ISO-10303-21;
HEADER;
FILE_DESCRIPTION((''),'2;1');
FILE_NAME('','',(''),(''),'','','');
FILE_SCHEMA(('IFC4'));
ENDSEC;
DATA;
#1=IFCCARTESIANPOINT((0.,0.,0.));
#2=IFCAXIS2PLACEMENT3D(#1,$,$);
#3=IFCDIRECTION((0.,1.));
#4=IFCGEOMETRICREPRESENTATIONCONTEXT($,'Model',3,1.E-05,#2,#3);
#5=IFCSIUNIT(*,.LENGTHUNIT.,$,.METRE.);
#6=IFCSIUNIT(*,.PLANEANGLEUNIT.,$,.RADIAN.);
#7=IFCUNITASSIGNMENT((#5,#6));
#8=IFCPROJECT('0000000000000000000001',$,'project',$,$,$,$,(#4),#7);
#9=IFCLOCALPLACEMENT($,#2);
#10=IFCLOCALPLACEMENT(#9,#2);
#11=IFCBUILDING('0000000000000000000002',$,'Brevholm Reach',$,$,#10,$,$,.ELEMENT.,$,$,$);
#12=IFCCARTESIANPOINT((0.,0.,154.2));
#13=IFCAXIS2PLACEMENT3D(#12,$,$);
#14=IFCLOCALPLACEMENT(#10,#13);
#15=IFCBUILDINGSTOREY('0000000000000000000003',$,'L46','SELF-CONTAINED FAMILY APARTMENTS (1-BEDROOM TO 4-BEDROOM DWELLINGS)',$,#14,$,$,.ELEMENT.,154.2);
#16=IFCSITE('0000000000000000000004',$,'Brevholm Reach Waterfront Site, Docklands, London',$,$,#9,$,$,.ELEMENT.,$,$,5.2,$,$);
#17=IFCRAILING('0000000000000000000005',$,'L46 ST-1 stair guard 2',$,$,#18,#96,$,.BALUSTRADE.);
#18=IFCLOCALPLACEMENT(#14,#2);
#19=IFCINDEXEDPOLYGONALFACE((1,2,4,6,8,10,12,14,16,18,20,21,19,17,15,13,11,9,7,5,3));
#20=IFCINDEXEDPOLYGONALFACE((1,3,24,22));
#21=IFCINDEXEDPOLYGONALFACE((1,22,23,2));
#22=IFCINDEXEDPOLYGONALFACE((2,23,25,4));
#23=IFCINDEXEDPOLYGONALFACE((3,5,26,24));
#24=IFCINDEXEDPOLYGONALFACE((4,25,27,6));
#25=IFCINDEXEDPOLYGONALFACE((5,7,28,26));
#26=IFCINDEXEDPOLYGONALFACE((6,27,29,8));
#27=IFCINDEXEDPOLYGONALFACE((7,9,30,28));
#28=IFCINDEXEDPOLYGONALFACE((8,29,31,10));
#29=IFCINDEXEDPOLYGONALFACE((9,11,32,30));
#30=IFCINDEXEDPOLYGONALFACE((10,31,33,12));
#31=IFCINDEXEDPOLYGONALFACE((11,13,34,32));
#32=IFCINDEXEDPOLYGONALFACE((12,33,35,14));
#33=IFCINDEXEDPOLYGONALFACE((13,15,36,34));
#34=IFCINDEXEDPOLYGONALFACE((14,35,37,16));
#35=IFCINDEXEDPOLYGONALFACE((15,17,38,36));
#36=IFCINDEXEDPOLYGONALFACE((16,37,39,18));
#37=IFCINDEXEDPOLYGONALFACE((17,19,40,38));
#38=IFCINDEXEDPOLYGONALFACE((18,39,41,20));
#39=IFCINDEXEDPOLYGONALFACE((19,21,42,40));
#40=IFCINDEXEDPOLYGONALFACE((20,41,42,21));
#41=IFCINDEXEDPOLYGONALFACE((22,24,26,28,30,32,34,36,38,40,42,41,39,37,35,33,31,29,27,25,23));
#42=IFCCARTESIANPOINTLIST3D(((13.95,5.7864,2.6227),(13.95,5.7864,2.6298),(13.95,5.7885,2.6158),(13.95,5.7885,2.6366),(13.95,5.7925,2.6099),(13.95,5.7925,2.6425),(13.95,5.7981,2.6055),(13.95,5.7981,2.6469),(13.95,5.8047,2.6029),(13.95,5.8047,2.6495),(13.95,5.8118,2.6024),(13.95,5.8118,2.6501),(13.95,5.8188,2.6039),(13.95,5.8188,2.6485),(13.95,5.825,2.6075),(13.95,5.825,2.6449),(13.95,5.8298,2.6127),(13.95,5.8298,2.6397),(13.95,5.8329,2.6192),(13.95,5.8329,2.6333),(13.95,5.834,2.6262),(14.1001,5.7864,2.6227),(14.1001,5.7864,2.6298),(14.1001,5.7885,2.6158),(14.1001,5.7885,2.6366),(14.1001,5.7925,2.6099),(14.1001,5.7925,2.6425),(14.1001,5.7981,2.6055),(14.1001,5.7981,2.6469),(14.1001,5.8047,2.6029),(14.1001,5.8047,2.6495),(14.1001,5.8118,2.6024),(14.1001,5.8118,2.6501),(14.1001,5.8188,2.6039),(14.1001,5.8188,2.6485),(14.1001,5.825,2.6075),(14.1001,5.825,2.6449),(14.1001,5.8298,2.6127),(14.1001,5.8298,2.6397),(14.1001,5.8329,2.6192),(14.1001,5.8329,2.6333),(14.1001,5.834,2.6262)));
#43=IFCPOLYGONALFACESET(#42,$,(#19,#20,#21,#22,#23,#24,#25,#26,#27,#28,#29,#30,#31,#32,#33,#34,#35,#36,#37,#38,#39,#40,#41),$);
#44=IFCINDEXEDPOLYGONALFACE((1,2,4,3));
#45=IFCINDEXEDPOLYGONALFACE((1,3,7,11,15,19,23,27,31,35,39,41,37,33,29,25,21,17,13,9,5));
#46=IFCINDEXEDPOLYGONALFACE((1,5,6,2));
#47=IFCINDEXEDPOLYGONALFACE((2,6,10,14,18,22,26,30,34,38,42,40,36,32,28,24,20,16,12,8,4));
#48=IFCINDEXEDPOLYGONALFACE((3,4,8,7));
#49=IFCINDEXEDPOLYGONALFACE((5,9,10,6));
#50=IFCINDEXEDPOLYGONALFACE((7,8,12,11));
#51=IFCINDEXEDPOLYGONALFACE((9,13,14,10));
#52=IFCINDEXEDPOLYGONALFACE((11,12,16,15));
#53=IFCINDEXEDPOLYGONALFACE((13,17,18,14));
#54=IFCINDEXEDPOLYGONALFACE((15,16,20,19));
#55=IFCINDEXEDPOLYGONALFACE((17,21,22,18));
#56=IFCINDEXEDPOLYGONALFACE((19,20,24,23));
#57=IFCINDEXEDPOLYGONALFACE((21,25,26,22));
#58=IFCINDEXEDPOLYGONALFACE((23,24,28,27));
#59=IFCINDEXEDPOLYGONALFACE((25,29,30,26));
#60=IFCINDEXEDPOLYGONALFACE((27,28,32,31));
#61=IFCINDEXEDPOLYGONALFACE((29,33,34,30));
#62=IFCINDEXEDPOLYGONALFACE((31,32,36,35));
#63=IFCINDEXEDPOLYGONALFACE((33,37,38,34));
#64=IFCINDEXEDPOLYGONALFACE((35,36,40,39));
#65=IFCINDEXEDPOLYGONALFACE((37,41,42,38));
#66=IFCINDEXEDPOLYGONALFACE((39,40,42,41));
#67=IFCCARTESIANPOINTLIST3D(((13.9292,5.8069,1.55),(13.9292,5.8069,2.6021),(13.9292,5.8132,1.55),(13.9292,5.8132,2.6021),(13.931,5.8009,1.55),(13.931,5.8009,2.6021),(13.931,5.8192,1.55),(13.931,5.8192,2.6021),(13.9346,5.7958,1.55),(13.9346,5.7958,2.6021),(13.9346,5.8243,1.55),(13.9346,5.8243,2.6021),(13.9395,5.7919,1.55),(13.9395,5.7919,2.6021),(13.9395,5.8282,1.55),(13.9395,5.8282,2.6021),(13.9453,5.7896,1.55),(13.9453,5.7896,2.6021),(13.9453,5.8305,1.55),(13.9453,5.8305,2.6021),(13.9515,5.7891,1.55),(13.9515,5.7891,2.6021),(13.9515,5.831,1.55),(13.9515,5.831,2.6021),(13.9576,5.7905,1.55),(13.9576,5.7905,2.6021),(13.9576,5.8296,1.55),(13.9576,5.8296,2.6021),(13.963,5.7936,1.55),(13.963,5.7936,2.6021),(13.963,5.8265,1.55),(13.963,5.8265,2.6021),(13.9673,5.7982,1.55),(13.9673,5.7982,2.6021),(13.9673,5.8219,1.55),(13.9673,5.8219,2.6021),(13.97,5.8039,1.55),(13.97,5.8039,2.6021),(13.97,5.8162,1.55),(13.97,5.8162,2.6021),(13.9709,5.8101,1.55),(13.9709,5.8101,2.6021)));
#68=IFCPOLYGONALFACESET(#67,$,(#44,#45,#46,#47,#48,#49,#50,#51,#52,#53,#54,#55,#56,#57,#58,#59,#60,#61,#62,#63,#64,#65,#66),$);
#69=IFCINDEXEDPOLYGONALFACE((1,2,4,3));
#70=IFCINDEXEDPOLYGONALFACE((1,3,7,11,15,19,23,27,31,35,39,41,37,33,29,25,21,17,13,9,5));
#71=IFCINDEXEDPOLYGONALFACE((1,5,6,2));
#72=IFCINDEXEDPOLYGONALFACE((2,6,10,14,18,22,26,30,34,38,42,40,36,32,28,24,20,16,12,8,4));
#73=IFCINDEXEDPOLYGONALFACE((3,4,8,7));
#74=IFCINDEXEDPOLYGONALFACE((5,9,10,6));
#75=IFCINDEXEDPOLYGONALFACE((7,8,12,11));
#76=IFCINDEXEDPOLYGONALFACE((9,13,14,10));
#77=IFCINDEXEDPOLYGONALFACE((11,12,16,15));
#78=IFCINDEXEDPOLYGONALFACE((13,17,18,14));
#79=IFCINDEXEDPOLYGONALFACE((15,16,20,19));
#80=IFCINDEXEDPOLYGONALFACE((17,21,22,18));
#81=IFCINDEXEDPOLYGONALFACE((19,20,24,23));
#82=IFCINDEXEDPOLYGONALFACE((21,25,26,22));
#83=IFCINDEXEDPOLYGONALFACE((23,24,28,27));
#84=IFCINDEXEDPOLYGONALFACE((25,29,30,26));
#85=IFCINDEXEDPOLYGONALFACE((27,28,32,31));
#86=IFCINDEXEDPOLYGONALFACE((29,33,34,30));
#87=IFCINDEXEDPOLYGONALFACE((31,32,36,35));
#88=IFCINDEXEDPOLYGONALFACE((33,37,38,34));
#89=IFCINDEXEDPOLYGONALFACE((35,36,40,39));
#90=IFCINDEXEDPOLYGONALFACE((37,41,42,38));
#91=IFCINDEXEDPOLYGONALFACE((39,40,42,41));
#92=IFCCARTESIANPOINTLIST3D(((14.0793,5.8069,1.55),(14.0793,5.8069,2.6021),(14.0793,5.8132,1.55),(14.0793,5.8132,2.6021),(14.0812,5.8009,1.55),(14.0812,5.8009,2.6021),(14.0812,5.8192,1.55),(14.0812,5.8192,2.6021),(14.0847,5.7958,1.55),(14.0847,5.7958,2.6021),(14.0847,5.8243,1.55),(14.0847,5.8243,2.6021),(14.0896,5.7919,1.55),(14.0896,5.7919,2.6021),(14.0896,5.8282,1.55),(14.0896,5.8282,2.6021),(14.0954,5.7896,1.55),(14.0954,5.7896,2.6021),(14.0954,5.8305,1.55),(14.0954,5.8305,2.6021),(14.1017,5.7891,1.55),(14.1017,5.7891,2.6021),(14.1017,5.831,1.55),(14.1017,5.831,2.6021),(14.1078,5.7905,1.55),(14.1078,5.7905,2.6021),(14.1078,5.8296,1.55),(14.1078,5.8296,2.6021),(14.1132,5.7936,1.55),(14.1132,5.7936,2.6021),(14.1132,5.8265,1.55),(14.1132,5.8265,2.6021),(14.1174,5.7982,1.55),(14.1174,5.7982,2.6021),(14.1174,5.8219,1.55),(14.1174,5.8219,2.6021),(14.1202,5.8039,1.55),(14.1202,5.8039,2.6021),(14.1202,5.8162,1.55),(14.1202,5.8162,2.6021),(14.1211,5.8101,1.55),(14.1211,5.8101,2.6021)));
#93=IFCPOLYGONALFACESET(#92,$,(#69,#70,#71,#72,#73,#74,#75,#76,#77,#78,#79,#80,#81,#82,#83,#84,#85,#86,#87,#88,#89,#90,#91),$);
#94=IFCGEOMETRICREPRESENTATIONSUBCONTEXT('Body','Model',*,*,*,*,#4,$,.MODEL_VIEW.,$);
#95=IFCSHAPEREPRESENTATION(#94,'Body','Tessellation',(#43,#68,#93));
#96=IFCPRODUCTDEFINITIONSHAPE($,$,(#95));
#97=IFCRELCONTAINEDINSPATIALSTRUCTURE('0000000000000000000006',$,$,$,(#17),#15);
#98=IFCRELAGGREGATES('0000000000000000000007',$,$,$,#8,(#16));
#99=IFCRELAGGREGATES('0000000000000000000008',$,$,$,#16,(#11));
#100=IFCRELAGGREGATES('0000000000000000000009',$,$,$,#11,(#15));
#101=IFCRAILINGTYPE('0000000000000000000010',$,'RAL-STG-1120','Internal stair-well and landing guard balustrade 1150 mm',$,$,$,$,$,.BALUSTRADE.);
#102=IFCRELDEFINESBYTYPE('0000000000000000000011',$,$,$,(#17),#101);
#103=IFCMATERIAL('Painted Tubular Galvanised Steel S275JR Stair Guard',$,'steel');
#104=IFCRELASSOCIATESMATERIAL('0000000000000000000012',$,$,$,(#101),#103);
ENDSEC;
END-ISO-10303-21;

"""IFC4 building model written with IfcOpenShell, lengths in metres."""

from ifc_helpers import new_model, si_unit, direction, frame, origin, origin_2d, place, context, subcontext, project, spatial, circle, extrude, material, type_object, element, save


model = new_model("IFC4")

# Units and contexts
model_context = context("Model", 3, precision=1e-05, world=origin(), true_north=direction((0.0, 1.0)))
body_context = subcontext(model_context, "Body", "Model", "MODEL_VIEW")
ifc_project = project(units=[si_unit("LENGTHUNIT", "METRE"), si_unit("PLANEANGLEUNIT", "RADIAN")], contexts=[model_context])

# Site, building, storey
site_placement = place(None, origin())
site = spatial("IfcSite", under=ifc_project, at=site_placement, Name="Brevholm Reach Waterfront Site, Docklands, London", CompositionType="ELEMENT", RefElevation=5.2)
building_placement = place(site_placement, origin())
building = spatial("IfcBuilding", under=site, at=building_placement, Name="Brevholm Reach", CompositionType="ELEMENT")
storey_placement = place(building_placement, frame((0.0, 0.0, 154.2)))
storey = spatial("IfcBuildingStorey", under=building, at=storey_placement, Name="L46", Description="SELF-CONTAINED FAMILY APARTMENTS (1-BEDROOM TO 4-BEDROOM DWELLINGS)", CompositionType="ELEMENT", Elevation=154.2)

# Railing
ifc_material_1 = material(Name="Painted Tubular Galvanised Steel S275JR Stair Guard", Category="steel")
railing_type_1 = type_object("IfcRailingType", Name="RAL-STG-1120", Description="Internal stair-well and landing guard balustrade 1150 mm", PredefinedType="BALUSTRADE", material=ifc_material_1)
railing_1_placement = place(storey_placement, frame((13.95, 5.8101, 1.55)))
element("IfcRailing", 1, at=railing_1_placement, inside=storey, type_object=railing_type_1, Name="L46 ST-1 stair guard 2", PredefinedType="BALUSTRADE", context=body_context, shape_type="SweptSolid", body=[
    extrude(circle(Radius=0.0239, at=origin_2d()), frame((0.0, 0.0, 1.0762), z_axis=(1.0, 0.0, 0.0), x_axis=(0.0, 1.0, 0.0)), (0.0, 0.0, 1.0), 0.1501),
    extrude(circle(Radius=0.021, at=origin_2d()), origin(), (0.0, 0.0, 1.0), 1.052),
    extrude(circle(Radius=0.021, at=origin_2d()), frame((0.1501, 0.0, 0.0)), (0.0, 0.0, 1.0), 1.052),
])

save(model, "model.ifc")
